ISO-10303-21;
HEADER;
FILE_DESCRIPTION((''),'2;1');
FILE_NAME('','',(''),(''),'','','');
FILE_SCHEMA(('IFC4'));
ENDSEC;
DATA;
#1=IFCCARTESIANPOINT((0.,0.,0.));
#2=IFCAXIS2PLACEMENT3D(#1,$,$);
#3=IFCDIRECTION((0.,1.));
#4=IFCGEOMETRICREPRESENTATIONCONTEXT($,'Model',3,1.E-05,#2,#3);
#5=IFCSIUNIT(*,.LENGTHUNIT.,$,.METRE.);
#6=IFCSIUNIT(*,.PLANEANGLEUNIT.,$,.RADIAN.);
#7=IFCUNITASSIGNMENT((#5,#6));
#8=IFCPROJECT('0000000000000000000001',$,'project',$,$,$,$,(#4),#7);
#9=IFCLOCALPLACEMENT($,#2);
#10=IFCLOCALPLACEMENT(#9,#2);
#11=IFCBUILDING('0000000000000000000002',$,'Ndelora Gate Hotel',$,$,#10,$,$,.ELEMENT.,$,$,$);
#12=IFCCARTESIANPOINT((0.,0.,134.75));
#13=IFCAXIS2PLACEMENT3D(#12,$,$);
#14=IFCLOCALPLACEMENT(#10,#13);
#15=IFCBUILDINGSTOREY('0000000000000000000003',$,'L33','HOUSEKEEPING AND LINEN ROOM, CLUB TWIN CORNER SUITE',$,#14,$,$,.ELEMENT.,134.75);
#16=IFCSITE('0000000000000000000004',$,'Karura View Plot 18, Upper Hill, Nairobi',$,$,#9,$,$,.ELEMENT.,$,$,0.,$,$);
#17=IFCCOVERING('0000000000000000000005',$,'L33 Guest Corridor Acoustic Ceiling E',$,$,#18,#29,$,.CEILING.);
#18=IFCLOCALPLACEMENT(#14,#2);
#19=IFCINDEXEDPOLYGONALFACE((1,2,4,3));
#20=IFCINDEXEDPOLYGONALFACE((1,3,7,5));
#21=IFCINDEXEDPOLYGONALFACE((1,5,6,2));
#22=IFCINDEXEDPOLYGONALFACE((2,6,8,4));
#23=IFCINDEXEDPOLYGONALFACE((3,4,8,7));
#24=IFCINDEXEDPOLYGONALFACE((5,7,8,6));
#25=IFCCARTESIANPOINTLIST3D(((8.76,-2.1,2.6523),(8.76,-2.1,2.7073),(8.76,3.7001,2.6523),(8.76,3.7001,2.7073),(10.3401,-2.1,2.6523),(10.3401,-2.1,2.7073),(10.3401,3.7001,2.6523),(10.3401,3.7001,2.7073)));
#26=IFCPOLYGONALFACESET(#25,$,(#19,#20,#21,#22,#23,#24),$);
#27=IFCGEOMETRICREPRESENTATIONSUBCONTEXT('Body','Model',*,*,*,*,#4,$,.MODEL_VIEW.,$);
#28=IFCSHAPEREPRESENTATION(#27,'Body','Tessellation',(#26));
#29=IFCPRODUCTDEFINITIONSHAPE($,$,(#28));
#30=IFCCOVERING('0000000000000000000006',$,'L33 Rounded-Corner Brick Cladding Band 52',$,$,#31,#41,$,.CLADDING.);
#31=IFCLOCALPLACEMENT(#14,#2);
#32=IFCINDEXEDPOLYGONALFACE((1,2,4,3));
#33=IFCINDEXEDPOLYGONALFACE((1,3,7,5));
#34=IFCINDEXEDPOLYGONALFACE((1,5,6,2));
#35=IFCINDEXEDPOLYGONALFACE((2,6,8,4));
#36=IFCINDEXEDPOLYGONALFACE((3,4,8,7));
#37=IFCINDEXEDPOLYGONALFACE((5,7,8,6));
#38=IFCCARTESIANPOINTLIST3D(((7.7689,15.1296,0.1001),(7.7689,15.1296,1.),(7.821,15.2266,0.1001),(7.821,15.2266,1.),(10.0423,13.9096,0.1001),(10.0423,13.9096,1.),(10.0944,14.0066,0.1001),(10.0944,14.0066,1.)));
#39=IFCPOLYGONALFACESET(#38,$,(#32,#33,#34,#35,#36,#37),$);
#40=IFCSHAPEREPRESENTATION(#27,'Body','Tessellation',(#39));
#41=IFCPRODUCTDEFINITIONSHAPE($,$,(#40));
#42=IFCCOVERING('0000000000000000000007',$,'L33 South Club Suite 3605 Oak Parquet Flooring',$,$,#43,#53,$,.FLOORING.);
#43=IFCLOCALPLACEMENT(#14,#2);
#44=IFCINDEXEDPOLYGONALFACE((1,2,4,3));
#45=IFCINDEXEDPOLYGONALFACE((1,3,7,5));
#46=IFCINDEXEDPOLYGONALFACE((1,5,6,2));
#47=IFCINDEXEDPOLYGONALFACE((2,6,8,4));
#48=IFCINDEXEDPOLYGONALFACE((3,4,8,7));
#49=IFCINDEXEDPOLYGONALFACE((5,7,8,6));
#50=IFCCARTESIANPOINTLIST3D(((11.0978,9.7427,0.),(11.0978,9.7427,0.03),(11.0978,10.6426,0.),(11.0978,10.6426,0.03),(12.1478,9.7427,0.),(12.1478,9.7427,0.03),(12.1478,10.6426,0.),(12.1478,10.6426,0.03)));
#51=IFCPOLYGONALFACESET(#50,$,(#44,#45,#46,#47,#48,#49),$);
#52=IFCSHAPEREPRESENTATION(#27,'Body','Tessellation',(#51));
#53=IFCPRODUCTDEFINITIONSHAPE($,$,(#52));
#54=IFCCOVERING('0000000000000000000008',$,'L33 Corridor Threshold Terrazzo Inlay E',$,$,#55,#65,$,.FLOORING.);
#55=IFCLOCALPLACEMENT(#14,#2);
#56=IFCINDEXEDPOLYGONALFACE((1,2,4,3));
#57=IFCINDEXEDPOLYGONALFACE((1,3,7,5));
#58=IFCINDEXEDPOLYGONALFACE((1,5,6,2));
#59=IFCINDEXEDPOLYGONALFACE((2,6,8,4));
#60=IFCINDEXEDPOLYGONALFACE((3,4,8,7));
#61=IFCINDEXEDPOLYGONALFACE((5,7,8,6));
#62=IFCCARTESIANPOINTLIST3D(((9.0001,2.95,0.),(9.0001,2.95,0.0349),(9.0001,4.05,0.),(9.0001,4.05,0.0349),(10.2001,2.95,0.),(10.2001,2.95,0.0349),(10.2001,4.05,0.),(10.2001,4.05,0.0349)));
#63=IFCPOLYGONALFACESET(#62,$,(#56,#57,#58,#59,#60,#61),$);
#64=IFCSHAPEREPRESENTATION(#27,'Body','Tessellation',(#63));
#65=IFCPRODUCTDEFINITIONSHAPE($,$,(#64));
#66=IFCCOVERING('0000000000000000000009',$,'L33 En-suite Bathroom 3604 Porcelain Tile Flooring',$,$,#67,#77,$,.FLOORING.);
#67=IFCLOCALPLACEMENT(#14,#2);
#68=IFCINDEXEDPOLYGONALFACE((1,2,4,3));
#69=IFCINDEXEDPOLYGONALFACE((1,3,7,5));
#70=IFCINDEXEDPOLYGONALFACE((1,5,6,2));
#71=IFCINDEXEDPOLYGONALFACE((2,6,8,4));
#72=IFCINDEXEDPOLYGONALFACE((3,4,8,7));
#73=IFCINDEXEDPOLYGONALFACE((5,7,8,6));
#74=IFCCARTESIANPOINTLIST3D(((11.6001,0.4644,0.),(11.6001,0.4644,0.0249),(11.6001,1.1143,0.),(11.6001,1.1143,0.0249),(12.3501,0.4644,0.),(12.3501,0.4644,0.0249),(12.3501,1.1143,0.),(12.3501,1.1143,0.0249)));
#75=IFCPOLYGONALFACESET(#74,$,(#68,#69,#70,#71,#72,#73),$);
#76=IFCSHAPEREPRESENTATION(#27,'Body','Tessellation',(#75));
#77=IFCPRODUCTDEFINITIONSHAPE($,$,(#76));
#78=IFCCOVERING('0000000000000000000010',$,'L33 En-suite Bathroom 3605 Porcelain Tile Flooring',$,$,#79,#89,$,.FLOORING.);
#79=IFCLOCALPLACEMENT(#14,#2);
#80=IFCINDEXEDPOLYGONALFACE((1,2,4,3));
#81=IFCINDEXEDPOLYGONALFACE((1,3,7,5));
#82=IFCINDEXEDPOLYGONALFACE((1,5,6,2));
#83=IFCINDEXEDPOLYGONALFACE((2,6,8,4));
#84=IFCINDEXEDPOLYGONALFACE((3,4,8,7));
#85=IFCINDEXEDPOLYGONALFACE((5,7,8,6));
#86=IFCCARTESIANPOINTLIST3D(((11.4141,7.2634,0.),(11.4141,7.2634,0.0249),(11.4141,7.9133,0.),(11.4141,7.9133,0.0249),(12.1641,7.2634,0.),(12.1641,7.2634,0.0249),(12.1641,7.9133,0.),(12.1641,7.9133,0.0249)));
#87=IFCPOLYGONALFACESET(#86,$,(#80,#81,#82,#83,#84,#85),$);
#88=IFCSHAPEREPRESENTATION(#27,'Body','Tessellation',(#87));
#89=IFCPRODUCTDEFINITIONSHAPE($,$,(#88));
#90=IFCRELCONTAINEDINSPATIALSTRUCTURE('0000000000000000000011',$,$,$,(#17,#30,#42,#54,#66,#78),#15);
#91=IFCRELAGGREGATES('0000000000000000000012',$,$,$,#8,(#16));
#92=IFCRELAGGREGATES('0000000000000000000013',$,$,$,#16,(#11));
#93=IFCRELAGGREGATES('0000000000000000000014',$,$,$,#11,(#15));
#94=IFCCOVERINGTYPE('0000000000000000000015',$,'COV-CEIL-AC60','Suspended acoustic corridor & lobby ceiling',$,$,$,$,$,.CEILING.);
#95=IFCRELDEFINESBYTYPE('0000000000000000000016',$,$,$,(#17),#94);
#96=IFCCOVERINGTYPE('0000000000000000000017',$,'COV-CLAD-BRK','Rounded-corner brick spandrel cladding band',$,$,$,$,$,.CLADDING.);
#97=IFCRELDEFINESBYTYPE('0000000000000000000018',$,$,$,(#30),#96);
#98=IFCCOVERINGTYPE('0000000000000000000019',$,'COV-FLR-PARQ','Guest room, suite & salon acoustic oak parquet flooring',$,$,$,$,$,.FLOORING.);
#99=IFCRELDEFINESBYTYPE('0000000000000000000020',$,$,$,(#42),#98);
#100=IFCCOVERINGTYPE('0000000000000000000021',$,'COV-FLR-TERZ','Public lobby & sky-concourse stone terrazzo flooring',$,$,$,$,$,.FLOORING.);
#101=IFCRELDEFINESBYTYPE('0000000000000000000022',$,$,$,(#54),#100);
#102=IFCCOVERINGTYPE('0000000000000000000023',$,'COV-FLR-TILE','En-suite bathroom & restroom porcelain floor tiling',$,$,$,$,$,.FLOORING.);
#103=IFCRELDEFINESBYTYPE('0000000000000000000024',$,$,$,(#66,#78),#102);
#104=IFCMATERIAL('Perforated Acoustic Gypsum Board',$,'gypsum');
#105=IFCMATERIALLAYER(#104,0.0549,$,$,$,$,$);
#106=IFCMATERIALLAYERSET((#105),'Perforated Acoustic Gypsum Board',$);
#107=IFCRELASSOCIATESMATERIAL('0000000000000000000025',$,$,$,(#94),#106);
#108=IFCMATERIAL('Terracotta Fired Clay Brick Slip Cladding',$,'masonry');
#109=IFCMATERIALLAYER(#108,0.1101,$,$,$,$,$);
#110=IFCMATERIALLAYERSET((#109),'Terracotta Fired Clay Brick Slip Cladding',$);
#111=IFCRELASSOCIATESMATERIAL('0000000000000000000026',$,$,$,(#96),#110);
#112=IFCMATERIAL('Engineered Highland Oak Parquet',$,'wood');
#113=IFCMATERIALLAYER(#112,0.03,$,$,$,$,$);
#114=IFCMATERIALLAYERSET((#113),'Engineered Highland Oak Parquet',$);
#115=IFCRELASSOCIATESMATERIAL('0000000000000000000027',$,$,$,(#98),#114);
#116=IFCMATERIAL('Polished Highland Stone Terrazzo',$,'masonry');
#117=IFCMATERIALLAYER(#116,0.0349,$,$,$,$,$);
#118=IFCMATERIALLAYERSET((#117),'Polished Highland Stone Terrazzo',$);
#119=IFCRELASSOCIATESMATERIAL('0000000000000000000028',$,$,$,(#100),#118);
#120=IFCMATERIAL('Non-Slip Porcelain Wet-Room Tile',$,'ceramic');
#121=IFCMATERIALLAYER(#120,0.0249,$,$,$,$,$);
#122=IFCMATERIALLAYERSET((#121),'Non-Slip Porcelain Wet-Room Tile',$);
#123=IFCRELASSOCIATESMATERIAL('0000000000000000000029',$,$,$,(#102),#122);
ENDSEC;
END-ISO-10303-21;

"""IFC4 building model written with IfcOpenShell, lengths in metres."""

from ifc_helpers import new_model, si_unit, direction, frame, origin, origin_2d, place, context, subcontext, project, spatial, rectangle, extrude, material, layer, layer_set, type_object, element, save


model = new_model("IFC4")

# Units and contexts
model_context = context("Model", 3, precision=1e-05, world=origin(), true_north=direction((0.0, 1.0)))
body_context = subcontext(model_context, "Body", "Model", "MODEL_VIEW")
ifc_project = project(units=[si_unit("LENGTHUNIT", "METRE"), si_unit("PLANEANGLEUNIT", "RADIAN")], contexts=[model_context])

# Site, building, storey
site_placement = place(None, origin())
site = spatial("IfcSite", under=ifc_project, at=site_placement, Name="Karura View Plot 18, Upper Hill, Nairobi", CompositionType="ELEMENT", RefElevation=0.0)
building_placement = place(site_placement, origin())
building = spatial("IfcBuilding", under=site, at=building_placement, Name="Ndelora Gate Hotel", CompositionType="ELEMENT")
storey_placement = place(building_placement, frame((0.0, 0.0, 134.75)))
storey = spatial("IfcBuildingStorey", under=building, at=storey_placement, Name="L33", Description="HOUSEKEEPING AND LINEN ROOM, CLUB TWIN CORNER SUITE", CompositionType="ELEMENT", Elevation=134.75)

# Coverings
ifc_material_1 = material(Name="Perforated Acoustic Gypsum Board", Category="gypsum")
ifc_layer_1 = layer(ifc_material_1, 0.0549)
ifc_layer_set_1 = layer_set([ifc_layer_1], Name="Perforated Acoustic Gypsum Board")
covering_type_1 = type_object("IfcCoveringType", Name="COV-CEIL-AC60", Description="Suspended acoustic corridor & lobby ceiling", PredefinedType="CEILING", material=ifc_layer_set_1)
covering_1_placement = place(storey_placement, frame((9.55, 0.8, 2.6523), z_axis=(0.0, 0.0, 1.0), x_axis=(1.0, 0.0, 0.0)))
element("IfcCovering", 1, at=covering_1_placement, inside=storey, type_object=covering_type_1, Name="L33 Guest Corridor Acoustic Ceiling E", PredefinedType="CEILING", context=body_context, shape_type="SweptSolid", body=[
    extrude(rectangle(XDim=1.5801, YDim=5.8, at=origin_2d()), origin(), (0.0, 0.0, 1.0), 0.0549),
])
ifc_material_2 = material(Name="Terracotta Fired Clay Brick Slip Cladding", Category="masonry")
ifc_layer_2 = layer(ifc_material_2, 0.1101)
ifc_layer_set_2 = layer_set([ifc_layer_2], Name="Terracotta Fired Clay Brick Slip Cladding")
covering_type_2 = type_object("IfcCoveringType", Name="COV-CLAD-BRK", Description="Rounded-corner brick spandrel cladding band", PredefinedType="CLADDING", material=ifc_layer_set_2)
covering_2_placement = place(storey_placement, frame((8.9316, 14.5681, 0.1001), z_axis=(0.0, 0.0, 1.0), x_axis=(-0.881138, 0.472858, 0.0)))
element("IfcCovering", 2, at=covering_2_placement, inside=storey, type_object=covering_type_2, Name="L33 Rounded-Corner Brick Cladding Band 52", PredefinedType="CLADDING", context=body_context, shape_type="SweptSolid", body=[
    extrude(rectangle(XDim=2.5801, YDim=0.1101, at=origin_2d()), origin(), (0.0, 0.0, 1.0), 0.8999),
])
ifc_material_3 = material(Name="Engineered Highland Oak Parquet", Category="wood")
ifc_layer_3 = layer(ifc_material_3, 0.03)
ifc_layer_set_3 = layer_set([ifc_layer_3], Name="Engineered Highland Oak Parquet")
covering_type_3 = type_object("IfcCoveringType", Name="COV-FLR-PARQ", Description="Guest room, suite & salon acoustic oak parquet flooring", PredefinedType="FLOORING", material=ifc_layer_set_3)
covering_3_placement = place(storey_placement, frame((11.6228, 10.1926, 0.0), z_axis=(0.0, 0.0, 1.0), x_axis=(1.0, 0.0, 0.0)))
element("IfcCovering", 3, at=covering_3_placement, inside=storey, type_object=covering_type_3, Name="L33 South Club Suite 3605 Oak Parquet Flooring", PredefinedType="FLOORING", context=body_context, shape_type="SweptSolid", body=[
    extrude(rectangle(XDim=1.05, YDim=0.8999, at=origin_2d()), origin(), (0.0, 0.0, 1.0), 0.03),
])
ifc_material_4 = material(Name="Polished Highland Stone Terrazzo", Category="masonry")
ifc_layer_4 = layer(ifc_material_4, 0.0349)
ifc_layer_set_4 = layer_set([ifc_layer_4], Name="Polished Highland Stone Terrazzo")
covering_type_4 = type_object("IfcCoveringType", Name="COV-FLR-TERZ", Description="Public lobby & sky-concourse stone terrazzo flooring", PredefinedType="FLOORING", material=ifc_layer_set_4)
covering_4_placement = place(storey_placement, frame((9.6001, 3.5, 0.0), z_axis=(0.0, 0.0, 1.0), x_axis=(1.0, 0.0, 0.0)))
element("IfcCovering", 4, at=covering_4_placement, inside=storey, type_object=covering_type_4, Name="L33 Corridor Threshold Terrazzo Inlay E", PredefinedType="FLOORING", context=body_context, shape_type="SweptSolid", body=[
    extrude(rectangle(XDim=1.2, YDim=1.1001, at=origin_2d()), origin(), (0.0, 0.0, 1.0), 0.0349),
])
ifc_material_5 = material(Name="Non-Slip Porcelain Wet-Room Tile", Category="ceramic")
ifc_layer_5 = layer(ifc_material_5, 0.0249)
ifc_layer_set_5 = layer_set([ifc_layer_5], Name="Non-Slip Porcelain Wet-Room Tile")
covering_type_5 = type_object("IfcCoveringType", Name="COV-FLR-TILE", Description="En-suite bathroom & restroom porcelain floor tiling", PredefinedType="FLOORING", material=ifc_layer_set_5)
for number, where, z_axis, x_axis, name in (
    (5, (11.9751, 0.7893, 0.0), (0.0, 0.0, 1.0), (1.0, 0.0, 0.0), "L33 En-suite Bathroom 3604 Porcelain Tile Flooring"),
    (6, (11.7891, 7.5884, 0.0), (0.0, 0.0, 1.0), (1.0, 0.0, 0.0), "L33 En-suite Bathroom 3605 Porcelain Tile Flooring"),
):
    element("IfcCovering", number, at=place(storey_placement, frame(where, z_axis=z_axis, x_axis=x_axis)), inside=storey, type_object=covering_type_5, Name=name, PredefinedType="FLOORING", context=body_context, shape_type="SweptSolid", body=[
        extrude(rectangle(XDim=0.75, YDim=0.6499, at=origin_2d()), origin(), (0.0, 0.0, 1.0), 0.0249),
    ])

save(model, "model.ifc")
